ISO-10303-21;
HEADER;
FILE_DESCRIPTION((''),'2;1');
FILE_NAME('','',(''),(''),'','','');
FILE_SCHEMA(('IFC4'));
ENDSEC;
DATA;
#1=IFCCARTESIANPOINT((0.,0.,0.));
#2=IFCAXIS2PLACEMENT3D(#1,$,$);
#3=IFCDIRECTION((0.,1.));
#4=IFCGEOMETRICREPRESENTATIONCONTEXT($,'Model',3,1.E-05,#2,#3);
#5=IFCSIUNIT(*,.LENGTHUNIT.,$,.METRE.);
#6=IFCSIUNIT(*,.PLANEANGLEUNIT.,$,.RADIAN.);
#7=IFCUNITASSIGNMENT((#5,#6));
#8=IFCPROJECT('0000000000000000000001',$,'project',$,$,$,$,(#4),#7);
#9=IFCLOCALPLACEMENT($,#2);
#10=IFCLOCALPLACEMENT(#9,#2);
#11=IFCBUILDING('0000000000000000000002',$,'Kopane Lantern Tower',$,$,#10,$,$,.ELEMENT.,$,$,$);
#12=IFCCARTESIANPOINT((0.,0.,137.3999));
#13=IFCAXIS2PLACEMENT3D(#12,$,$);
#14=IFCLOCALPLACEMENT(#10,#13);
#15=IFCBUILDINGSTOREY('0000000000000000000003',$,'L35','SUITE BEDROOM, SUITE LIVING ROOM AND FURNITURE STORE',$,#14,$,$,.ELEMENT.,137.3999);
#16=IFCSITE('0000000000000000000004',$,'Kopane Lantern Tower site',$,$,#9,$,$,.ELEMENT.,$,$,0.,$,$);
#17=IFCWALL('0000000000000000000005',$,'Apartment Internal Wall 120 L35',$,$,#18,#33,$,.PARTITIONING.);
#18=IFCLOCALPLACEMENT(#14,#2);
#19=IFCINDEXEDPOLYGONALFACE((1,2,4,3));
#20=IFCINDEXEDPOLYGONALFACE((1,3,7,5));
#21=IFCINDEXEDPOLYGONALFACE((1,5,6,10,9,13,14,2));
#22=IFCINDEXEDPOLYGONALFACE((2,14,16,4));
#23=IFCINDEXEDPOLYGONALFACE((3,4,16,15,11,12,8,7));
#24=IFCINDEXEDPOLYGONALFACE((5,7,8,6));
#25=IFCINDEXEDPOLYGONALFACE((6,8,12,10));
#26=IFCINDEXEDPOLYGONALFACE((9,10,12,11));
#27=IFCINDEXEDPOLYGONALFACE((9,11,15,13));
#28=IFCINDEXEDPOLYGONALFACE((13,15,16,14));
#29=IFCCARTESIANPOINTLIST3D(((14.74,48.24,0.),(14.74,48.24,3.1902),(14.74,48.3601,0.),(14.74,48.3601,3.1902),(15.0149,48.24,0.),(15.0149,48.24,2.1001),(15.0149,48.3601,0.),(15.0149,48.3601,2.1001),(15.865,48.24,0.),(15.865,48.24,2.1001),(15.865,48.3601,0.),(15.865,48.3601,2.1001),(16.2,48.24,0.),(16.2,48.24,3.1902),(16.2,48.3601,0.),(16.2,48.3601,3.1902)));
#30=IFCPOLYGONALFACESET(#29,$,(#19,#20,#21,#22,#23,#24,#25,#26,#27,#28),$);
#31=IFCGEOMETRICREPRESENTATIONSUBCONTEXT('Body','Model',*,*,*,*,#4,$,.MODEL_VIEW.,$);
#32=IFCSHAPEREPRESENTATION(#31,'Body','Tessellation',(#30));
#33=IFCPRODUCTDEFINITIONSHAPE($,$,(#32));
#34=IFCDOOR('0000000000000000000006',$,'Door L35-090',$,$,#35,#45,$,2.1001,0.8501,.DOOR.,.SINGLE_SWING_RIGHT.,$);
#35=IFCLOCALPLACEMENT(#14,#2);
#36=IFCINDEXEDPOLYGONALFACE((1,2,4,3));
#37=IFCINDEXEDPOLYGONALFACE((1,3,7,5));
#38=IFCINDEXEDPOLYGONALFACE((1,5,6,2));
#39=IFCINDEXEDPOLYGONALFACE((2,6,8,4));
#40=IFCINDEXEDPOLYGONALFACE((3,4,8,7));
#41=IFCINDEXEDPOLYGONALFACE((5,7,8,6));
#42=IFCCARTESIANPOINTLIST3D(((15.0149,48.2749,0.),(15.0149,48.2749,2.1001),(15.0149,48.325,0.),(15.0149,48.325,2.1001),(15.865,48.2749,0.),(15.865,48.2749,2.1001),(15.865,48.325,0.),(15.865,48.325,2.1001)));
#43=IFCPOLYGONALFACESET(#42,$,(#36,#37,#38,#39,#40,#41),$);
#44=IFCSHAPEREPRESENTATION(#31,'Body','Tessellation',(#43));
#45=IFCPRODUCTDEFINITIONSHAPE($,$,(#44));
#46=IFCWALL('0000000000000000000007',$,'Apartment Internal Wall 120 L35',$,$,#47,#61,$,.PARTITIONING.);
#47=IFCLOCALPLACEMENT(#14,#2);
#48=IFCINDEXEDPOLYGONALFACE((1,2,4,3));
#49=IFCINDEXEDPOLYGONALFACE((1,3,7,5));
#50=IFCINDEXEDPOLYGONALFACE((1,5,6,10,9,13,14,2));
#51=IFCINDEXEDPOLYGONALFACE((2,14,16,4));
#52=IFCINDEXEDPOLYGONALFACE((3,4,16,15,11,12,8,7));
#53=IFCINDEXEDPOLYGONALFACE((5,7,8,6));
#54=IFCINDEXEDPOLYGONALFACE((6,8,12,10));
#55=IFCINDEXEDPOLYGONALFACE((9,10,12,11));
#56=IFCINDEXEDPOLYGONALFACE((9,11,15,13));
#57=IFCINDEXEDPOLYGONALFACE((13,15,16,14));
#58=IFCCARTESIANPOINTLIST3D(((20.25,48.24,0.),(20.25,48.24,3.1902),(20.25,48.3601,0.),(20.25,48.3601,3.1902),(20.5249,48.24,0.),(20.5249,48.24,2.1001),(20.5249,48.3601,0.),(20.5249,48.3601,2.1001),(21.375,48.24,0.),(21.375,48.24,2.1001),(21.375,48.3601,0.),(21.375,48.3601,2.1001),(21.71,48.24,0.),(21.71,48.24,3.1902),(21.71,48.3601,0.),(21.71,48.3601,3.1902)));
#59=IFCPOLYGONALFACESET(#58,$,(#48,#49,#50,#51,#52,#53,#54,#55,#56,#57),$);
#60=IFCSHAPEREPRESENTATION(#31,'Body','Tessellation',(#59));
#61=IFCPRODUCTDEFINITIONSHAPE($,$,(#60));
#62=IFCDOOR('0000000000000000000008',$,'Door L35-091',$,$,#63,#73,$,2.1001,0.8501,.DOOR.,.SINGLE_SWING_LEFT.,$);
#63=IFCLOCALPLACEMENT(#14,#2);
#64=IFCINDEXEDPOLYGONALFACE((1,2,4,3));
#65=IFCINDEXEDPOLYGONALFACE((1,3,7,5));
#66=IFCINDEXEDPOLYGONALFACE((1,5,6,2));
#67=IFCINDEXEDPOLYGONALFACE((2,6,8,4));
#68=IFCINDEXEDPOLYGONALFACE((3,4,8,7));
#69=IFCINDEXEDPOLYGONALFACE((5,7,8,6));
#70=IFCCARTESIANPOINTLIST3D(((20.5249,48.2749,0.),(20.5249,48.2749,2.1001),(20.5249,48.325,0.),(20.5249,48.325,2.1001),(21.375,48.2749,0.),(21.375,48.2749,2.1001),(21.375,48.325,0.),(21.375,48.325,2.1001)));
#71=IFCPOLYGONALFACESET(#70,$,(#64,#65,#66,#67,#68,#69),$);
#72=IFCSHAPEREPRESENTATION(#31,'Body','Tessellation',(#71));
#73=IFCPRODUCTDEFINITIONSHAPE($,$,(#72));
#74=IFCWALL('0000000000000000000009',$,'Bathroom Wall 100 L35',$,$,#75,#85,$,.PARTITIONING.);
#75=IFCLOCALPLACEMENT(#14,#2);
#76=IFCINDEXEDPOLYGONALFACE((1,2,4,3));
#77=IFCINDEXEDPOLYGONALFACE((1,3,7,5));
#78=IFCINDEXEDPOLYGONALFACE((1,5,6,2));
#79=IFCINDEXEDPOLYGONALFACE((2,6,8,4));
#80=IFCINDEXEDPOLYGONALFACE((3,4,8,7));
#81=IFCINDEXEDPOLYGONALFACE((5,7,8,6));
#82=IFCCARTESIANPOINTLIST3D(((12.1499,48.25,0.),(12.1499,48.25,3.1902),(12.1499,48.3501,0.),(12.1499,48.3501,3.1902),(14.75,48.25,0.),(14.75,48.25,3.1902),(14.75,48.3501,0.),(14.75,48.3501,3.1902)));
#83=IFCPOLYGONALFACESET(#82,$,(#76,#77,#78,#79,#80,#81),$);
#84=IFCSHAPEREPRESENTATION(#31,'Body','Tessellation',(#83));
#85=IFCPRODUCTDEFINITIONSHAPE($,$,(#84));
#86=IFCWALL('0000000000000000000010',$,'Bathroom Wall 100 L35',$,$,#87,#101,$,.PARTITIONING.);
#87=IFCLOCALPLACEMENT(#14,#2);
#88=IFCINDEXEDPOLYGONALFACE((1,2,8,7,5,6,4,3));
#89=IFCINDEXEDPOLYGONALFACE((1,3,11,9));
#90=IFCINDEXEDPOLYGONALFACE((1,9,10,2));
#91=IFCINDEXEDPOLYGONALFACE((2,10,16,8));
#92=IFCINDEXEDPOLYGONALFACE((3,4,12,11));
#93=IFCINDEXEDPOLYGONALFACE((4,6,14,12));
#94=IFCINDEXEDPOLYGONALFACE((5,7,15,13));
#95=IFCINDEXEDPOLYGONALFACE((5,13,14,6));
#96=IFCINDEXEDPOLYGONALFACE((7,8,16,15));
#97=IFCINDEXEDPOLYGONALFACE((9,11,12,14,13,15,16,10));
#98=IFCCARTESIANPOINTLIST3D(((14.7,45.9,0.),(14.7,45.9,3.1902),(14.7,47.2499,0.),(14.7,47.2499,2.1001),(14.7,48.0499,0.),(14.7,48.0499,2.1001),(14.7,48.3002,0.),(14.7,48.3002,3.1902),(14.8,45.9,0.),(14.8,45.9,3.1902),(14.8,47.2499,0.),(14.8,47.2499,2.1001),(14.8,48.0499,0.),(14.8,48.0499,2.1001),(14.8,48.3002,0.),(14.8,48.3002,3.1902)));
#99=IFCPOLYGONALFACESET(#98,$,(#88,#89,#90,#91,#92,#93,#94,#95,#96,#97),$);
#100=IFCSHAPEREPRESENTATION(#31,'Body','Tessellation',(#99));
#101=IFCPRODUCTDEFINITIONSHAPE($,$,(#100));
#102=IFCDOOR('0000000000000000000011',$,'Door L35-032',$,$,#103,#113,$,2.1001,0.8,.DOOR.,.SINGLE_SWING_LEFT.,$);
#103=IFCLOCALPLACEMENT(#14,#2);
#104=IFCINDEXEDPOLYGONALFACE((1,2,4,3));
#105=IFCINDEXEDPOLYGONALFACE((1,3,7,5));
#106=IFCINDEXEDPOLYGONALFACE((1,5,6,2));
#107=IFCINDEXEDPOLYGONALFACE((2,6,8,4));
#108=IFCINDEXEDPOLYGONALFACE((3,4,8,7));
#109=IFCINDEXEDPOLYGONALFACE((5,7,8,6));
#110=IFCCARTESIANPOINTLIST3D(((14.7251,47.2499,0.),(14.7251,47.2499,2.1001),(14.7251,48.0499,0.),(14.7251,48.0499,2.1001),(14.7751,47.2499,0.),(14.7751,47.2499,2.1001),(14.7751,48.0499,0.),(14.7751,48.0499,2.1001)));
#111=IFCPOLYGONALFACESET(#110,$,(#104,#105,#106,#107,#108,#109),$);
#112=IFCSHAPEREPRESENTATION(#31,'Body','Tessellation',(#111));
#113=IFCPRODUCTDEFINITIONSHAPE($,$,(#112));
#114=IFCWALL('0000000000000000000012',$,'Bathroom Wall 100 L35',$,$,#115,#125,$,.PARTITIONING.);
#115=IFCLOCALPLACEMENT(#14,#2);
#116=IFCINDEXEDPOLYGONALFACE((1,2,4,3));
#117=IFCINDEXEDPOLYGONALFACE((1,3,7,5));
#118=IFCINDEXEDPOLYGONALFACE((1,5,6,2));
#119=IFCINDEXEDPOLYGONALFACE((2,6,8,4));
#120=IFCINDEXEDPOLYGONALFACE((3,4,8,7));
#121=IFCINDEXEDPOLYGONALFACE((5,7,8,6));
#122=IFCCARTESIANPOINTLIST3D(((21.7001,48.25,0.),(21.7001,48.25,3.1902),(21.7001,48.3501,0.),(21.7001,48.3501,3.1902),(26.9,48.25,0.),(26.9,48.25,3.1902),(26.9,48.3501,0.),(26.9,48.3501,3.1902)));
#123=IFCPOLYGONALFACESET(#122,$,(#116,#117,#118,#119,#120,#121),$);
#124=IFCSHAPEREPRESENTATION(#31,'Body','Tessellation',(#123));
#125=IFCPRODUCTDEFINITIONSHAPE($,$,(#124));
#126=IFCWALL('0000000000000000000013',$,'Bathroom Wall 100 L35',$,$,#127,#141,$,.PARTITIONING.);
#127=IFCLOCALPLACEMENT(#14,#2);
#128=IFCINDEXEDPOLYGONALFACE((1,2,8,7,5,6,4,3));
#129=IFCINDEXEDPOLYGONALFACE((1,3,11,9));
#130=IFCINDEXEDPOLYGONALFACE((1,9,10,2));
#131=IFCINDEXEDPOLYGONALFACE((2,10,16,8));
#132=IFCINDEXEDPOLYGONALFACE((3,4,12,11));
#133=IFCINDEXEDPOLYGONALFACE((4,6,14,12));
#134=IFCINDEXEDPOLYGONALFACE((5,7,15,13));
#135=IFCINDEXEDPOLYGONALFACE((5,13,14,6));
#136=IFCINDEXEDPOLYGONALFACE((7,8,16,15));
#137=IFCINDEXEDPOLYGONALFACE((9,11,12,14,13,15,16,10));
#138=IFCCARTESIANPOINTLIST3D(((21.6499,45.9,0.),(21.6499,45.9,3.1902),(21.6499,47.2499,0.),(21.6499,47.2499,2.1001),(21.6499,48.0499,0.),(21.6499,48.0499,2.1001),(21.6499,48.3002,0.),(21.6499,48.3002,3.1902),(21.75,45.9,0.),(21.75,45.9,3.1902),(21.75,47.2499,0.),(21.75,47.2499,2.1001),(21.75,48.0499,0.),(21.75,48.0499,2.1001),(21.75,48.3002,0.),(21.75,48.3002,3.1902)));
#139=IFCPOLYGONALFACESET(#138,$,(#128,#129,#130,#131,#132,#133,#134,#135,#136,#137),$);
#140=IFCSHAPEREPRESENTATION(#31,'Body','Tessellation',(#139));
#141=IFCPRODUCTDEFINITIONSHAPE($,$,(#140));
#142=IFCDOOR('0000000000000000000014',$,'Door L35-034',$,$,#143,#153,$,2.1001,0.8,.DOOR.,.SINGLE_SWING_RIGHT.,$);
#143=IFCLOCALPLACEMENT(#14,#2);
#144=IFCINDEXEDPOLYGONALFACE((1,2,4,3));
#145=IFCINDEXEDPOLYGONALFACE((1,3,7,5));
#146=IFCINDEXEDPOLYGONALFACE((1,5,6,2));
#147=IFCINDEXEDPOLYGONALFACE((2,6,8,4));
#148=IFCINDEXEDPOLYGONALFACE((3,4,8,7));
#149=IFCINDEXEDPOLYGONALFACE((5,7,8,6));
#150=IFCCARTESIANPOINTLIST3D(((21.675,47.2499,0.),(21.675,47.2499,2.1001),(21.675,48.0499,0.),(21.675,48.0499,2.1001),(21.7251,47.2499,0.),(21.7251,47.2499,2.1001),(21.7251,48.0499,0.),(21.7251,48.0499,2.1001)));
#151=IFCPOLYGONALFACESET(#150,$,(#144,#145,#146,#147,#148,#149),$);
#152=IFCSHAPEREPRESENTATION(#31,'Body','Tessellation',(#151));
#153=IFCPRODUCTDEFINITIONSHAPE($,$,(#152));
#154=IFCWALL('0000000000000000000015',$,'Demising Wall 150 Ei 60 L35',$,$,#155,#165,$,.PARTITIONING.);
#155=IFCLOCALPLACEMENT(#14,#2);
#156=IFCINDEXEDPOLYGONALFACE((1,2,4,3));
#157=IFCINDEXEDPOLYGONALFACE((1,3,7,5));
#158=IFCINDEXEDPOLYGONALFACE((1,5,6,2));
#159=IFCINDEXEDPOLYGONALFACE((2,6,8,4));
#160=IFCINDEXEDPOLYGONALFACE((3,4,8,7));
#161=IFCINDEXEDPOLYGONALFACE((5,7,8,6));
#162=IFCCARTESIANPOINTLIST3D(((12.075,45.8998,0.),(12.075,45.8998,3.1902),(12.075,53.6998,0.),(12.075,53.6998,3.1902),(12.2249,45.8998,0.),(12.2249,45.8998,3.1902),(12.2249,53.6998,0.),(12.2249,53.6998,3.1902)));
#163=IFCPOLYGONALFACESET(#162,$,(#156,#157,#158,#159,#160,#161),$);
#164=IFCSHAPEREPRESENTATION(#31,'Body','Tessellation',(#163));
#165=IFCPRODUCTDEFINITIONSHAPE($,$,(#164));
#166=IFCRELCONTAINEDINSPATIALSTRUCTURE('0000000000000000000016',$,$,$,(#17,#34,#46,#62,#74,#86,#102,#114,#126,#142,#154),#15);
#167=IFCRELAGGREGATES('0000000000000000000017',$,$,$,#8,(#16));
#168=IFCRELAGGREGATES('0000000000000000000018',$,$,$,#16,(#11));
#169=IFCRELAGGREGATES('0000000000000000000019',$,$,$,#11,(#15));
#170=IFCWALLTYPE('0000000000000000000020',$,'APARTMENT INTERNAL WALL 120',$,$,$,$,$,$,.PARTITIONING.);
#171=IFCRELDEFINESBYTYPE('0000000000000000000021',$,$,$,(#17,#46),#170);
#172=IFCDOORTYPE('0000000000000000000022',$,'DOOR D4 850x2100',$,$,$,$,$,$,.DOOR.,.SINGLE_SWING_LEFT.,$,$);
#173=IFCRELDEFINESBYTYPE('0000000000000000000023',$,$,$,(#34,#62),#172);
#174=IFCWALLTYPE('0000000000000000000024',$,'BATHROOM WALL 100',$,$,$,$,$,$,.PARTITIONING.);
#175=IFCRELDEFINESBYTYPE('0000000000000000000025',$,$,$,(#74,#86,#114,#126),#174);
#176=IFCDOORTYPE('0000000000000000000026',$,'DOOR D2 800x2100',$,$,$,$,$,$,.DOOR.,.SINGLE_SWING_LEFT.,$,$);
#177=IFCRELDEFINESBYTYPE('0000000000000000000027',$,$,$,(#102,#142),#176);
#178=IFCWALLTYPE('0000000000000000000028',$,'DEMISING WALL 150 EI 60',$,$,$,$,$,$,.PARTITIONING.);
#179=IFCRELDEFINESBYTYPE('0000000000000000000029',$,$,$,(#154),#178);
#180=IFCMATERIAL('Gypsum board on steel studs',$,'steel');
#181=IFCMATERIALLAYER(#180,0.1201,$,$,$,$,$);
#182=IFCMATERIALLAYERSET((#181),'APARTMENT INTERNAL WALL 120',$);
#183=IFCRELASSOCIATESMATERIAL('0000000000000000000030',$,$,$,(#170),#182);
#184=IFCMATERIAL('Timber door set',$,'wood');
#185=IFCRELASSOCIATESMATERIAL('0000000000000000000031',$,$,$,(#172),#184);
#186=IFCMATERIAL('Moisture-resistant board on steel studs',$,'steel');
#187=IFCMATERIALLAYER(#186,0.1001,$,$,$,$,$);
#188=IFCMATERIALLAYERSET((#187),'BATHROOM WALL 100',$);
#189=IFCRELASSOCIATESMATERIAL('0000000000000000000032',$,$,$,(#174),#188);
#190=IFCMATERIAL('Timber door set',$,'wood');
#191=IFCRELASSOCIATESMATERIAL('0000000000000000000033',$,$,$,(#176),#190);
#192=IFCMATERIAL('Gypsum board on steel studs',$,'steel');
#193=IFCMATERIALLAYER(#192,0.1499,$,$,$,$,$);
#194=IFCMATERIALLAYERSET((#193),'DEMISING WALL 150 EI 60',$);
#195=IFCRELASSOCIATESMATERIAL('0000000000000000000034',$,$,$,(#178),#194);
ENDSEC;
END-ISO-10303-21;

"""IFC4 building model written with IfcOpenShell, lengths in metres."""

from ifc_helpers import new_model, si_unit, direction, frame, frame_2d, origin, place, context, subcontext, project, spatial, rectangle, extrude, material, layer, layer_set, type_object, element, fill, save


model = new_model("IFC4")

# Units and contexts
model_context = context("Model", 3, precision=1e-05, world=origin(), true_north=direction((0.0, 1.0)))
body_context = subcontext(model_context, "Body", "Model", "MODEL_VIEW")
ifc_project = project(units=[si_unit("LENGTHUNIT", "METRE"), si_unit("PLANEANGLEUNIT", "RADIAN")], contexts=[model_context])

# Site, building, storey
site_placement = place(None, origin())
site = spatial("IfcSite", under=ifc_project, at=site_placement, Name="Kopane Lantern Tower site", CompositionType="ELEMENT", RefElevation=0.0)
building_placement = place(site_placement, origin())
building = spatial("IfcBuilding", under=site, at=building_placement, Name="Kopane Lantern Tower", CompositionType="ELEMENT")
storey_placement = place(building_placement, frame((0.0, 0.0, 137.3999)))
storey = spatial("IfcBuildingStorey", under=building, at=storey_placement, Name="L35", Description="SUITE BEDROOM, SUITE LIVING ROOM AND FURNITURE STORE", CompositionType="ELEMENT", Elevation=137.3999)

# Walls, openings, doors
ifc_material_1 = material(Name="Gypsum board on steel studs", Category="steel")
ifc_layer_1 = layer(ifc_material_1, 0.1201)
ifc_layer_set_1 = layer_set([ifc_layer_1], Name="APARTMENT INTERNAL WALL 120")
wall_type_1 = type_object("IfcWallType", Name="APARTMENT INTERNAL WALL 120", PredefinedType="PARTITIONING", material=ifc_layer_set_1)
ifc_material_2 = material(Name="Timber door set", Category="wood")
door_type_1 = type_object("IfcDoorType", Name="DOOR D4 850x2100", OperationType="SINGLE_SWING_LEFT", PredefinedType="DOOR", material=ifc_material_2)
wall_1_placement = place(storey_placement, frame((14.74, 48.3, 0.0), z_axis=(0.0, 0.0, 1.0), x_axis=(1.0, 0.0, 0.0)))
wall_1 = element("IfcWall", 1, at=wall_1_placement, inside=storey, type_object=wall_type_1, Name="Apartment Internal Wall 120 L35", PredefinedType="PARTITIONING", context=body_context, shape_type="SweptSolid", body=[
    extrude(rectangle(XDim=1.46, YDim=0.1201, at=frame_2d((0.73, 0.0))), origin(), (0.0, 0.0, 1.0), 3.1902),
])
opening_1_placement = place(wall_1_placement, frame((0.2749, 0.0, 0.0)))
opening_1 = element("IfcOpeningElement", 2, at=opening_1_placement, cuts=wall_1, PredefinedType="OPENING", context=body_context, shape_type="SweptSolid", body=[
    extrude(rectangle(XDim=0.8501, YDim=2.1001, at=frame_2d((0.425, 1.05))), frame((0.0, 0.0701, 0.0), z_axis=(0.0, -1.0, 0.0), x_axis=(1.0, 0.0, 0.0)), (0.0, 0.0, 1.0), 0.1401),
])
door_1_placement = place(opening_1_placement, origin())
door_1 = element("IfcDoor", 3, at=door_1_placement, inside=storey, type_object=door_type_1, Name="Door L35-090", OperationType="SINGLE_SWING_RIGHT", OverallHeight=2.1001, OverallWidth=0.8501, PredefinedType="DOOR", context=body_context, shape_type="SweptSolid", body=[
    extrude(rectangle(XDim=0.8501, YDim=2.1001, at=frame_2d((0.425, 1.05))), frame((0.0, 0.0249, 0.0), z_axis=(0.0, -1.0, 0.0), x_axis=(1.0, 0.0, 0.0)), (0.0, 0.0, 1.0), 0.05),
])
fill(opening_1, door_1)
wall_2_placement = place(storey_placement, frame((20.25, 48.3, 0.0), z_axis=(0.0, 0.0, 1.0), x_axis=(1.0, 0.0, 0.0)))
wall_2 = element("IfcWall", 4, at=wall_2_placement, inside=storey, type_object=wall_type_1, Name="Apartment Internal Wall 120 L35", PredefinedType="PARTITIONING", context=body_context, shape_type="SweptSolid", body=[
    extrude(rectangle(XDim=1.46, YDim=0.1201, at=frame_2d((0.73, 0.0))), origin(), (0.0, 0.0, 1.0), 3.1902),
])
opening_2_placement = place(wall_2_placement, frame((0.2749, 0.0, 0.0)))
opening_2 = element("IfcOpeningElement", 5, at=opening_2_placement, cuts=wall_2, PredefinedType="OPENING", context=body_context, shape_type="SweptSolid", body=[
    extrude(rectangle(XDim=0.8501, YDim=2.1001, at=frame_2d((0.425, 1.05))), frame((0.0, 0.0701, 0.0), z_axis=(0.0, -1.0, 0.0), x_axis=(1.0, 0.0, 0.0)), (0.0, 0.0, 1.0), 0.1401),
])
door_2_placement = place(opening_2_placement, origin())
door_2 = element("IfcDoor", 6, at=door_2_placement, inside=storey, type_object=door_type_1, Name="Door L35-091", OperationType="SINGLE_SWING_LEFT", OverallHeight=2.1001, OverallWidth=0.8501, PredefinedType="DOOR", context=body_context, shape_type="SweptSolid", body=[
    extrude(rectangle(XDim=0.8501, YDim=2.1001, at=frame_2d((0.425, 1.05))), frame((0.0, 0.0249, 0.0), z_axis=(0.0, -1.0, 0.0), x_axis=(1.0, 0.0, 0.0)), (0.0, 0.0, 1.0), 0.05),
])
fill(opening_2, door_2)

# Wall
ifc_material_3 = material(Name="Moisture-resistant board on steel studs", Category="steel")
ifc_layer_2 = layer(ifc_material_3, 0.1001)
ifc_layer_set_2 = layer_set([ifc_layer_2], Name="BATHROOM WALL 100")
wall_type_2 = type_object("IfcWallType", Name="BATHROOM WALL 100", PredefinedType="PARTITIONING", material=ifc_layer_set_2)
wall_3_placement = place(storey_placement, frame((12.1499, 48.3, 0.0), z_axis=(0.0, 0.0, 1.0), x_axis=(1.0, 0.0, 0.0)))
element("IfcWall", 7, at=wall_3_placement, inside=storey, type_object=wall_type_2, Name="Bathroom Wall 100 L35", PredefinedType="PARTITIONING", context=body_context, shape_type="SweptSolid", body=[
    extrude(rectangle(XDim=2.6001, YDim=0.1001, at=frame_2d((1.3, 0.0))), origin(), (0.0, 0.0, 1.0), 3.1902),
])

# Wall, opening, door
wall_4_placement = place(storey_placement, frame((14.75, 45.8999, 0.0), z_axis=(0.0, 0.0, 1.0), x_axis=(0.0, 1.0, 0.0)))
wall_4 = element("IfcWall", 8, at=wall_4_placement, inside=storey, type_object=wall_type_2, Name="Bathroom Wall 100 L35", PredefinedType="PARTITIONING", context=body_context, shape_type="SweptSolid", body=[
    extrude(rectangle(XDim=2.4001, YDim=0.1001, at=frame_2d((1.2002, 0.0))), origin(), (0.0, 0.0, 1.0), 3.1902),
])
opening_3_placement = place(wall_4_placement, frame((1.3501, 0.0, 0.0)))
opening_3 = element("IfcOpeningElement", 9, at=opening_3_placement, cuts=wall_4, PredefinedType="OPENING", context=body_context, shape_type="SweptSolid", body=[
    extrude(rectangle(XDim=0.8, YDim=2.1001, at=frame_2d((0.3999, 1.05))), frame((0.0, 0.0601, 0.0), z_axis=(0.0, -1.0, 0.0), x_axis=(1.0, 0.0, 0.0)), (0.0, 0.0, 1.0), 0.1201),
])
ifc_material_4 = material(Name="Timber door set", Category="wood")
door_type_2 = type_object("IfcDoorType", Name="DOOR D2 800x2100", OperationType="SINGLE_SWING_LEFT", PredefinedType="DOOR", material=ifc_material_4)
door_3_placement = place(opening_3_placement, origin())
door_3 = element("IfcDoor", 10, at=door_3_placement, inside=storey, type_object=door_type_2, Name="Door L35-032", OperationType="SINGLE_SWING_LEFT", OverallHeight=2.1001, OverallWidth=0.8, PredefinedType="DOOR", context=body_context, shape_type="SweptSolid", body=[
    extrude(rectangle(XDim=0.8, YDim=2.1001, at=frame_2d((0.3999, 1.05))), frame((0.0, 0.0249, 0.0), z_axis=(0.0, -1.0, 0.0), x_axis=(1.0, 0.0, 0.0)), (0.0, 0.0, 1.0), 0.05),
])
fill(opening_3, door_3)

# Wall
wall_5_placement = place(storey_placement, frame((21.7, 48.3, 0.0), z_axis=(0.0, 0.0, 1.0), x_axis=(1.0, 0.0, 0.0)))
element("IfcWall", 11, at=wall_5_placement, inside=storey, type_object=wall_type_2, Name="Bathroom Wall 100 L35", PredefinedType="PARTITIONING", context=body_context, shape_type="SweptSolid", body=[
    extrude(rectangle(XDim=5.2, YDim=0.1001, at=frame_2d((2.6001, 0.0))), origin(), (0.0, 0.0, 1.0), 3.1902),
])

# Wall, opening, door
wall_6_placement = place(storey_placement, frame((21.7, 45.8999, 0.0), z_axis=(0.0, 0.0, 1.0), x_axis=(0.0, 1.0, 0.0)))
wall_6 = element("IfcWall", 12, at=wall_6_placement, inside=storey, type_object=wall_type_2, Name="Bathroom Wall 100 L35", PredefinedType="PARTITIONING", context=body_context, shape_type="SweptSolid", body=[
    extrude(rectangle(XDim=2.4001, YDim=0.1001, at=frame_2d((1.2002, 0.0))), origin(), (0.0, 0.0, 1.0), 3.1902),
])
opening_4_placement = place(wall_6_placement, frame((1.3501, 0.0, 0.0)))
opening_4 = element("IfcOpeningElement", 13, at=opening_4_placement, cuts=wall_6, PredefinedType="OPENING", context=body_context, shape_type="SweptSolid", body=[
    extrude(rectangle(XDim=0.8, YDim=2.1001, at=frame_2d((0.3999, 1.05))), frame((0.0, 0.0601, 0.0), z_axis=(0.0, -1.0, 0.0), x_axis=(1.0, 0.0, 0.0)), (0.0, 0.0, 1.0), 0.1201),
])
door_4_placement = place(opening_4_placement, origin())
door_4 = element("IfcDoor", 14, at=door_4_placement, inside=storey, type_object=door_type_2, Name="Door L35-034", OperationType="SINGLE_SWING_RIGHT", OverallHeight=2.1001, OverallWidth=0.8, PredefinedType="DOOR", context=body_context, shape_type="SweptSolid", body=[
    extrude(rectangle(XDim=0.8, YDim=2.1001, at=frame_2d((0.3999, 1.05))), frame((0.0, 0.0249, 0.0), z_axis=(0.0, -1.0, 0.0), x_axis=(1.0, 0.0, 0.0)), (0.0, 0.0, 1.0), 0.05),
])
fill(opening_4, door_4)

# Wall
ifc_material_5 = material(Name="Gypsum board on steel studs", Category="steel")
ifc_layer_3 = layer(ifc_material_5, 0.1499)
ifc_layer_set_3 = layer_set([ifc_layer_3], Name="DEMISING WALL 150 EI 60")
wall_type_3 = type_object("IfcWallType", Name="DEMISING WALL 150 EI 60", PredefinedType="PARTITIONING", material=ifc_layer_set_3)
wall_7_placement = place(storey_placement, frame((12.1499, 45.8999, 0.0), z_axis=(0.0, 0.0, 1.0), x_axis=(0.0, 1.0, 0.0)))
element("IfcWall", 15, at=wall_7_placement, inside=storey, type_object=wall_type_3, Name="Demising Wall 150 Ei 60 L35", PredefinedType="PARTITIONING", context=body_context, shape_type="SweptSolid", body=[
    extrude(rectangle(XDim=7.8, YDim=0.1499, at=frame_2d((3.8999, 0.0))), origin(), (0.0, 0.0, 1.0), 3.1902),
])

save(model, "model.ifc")
